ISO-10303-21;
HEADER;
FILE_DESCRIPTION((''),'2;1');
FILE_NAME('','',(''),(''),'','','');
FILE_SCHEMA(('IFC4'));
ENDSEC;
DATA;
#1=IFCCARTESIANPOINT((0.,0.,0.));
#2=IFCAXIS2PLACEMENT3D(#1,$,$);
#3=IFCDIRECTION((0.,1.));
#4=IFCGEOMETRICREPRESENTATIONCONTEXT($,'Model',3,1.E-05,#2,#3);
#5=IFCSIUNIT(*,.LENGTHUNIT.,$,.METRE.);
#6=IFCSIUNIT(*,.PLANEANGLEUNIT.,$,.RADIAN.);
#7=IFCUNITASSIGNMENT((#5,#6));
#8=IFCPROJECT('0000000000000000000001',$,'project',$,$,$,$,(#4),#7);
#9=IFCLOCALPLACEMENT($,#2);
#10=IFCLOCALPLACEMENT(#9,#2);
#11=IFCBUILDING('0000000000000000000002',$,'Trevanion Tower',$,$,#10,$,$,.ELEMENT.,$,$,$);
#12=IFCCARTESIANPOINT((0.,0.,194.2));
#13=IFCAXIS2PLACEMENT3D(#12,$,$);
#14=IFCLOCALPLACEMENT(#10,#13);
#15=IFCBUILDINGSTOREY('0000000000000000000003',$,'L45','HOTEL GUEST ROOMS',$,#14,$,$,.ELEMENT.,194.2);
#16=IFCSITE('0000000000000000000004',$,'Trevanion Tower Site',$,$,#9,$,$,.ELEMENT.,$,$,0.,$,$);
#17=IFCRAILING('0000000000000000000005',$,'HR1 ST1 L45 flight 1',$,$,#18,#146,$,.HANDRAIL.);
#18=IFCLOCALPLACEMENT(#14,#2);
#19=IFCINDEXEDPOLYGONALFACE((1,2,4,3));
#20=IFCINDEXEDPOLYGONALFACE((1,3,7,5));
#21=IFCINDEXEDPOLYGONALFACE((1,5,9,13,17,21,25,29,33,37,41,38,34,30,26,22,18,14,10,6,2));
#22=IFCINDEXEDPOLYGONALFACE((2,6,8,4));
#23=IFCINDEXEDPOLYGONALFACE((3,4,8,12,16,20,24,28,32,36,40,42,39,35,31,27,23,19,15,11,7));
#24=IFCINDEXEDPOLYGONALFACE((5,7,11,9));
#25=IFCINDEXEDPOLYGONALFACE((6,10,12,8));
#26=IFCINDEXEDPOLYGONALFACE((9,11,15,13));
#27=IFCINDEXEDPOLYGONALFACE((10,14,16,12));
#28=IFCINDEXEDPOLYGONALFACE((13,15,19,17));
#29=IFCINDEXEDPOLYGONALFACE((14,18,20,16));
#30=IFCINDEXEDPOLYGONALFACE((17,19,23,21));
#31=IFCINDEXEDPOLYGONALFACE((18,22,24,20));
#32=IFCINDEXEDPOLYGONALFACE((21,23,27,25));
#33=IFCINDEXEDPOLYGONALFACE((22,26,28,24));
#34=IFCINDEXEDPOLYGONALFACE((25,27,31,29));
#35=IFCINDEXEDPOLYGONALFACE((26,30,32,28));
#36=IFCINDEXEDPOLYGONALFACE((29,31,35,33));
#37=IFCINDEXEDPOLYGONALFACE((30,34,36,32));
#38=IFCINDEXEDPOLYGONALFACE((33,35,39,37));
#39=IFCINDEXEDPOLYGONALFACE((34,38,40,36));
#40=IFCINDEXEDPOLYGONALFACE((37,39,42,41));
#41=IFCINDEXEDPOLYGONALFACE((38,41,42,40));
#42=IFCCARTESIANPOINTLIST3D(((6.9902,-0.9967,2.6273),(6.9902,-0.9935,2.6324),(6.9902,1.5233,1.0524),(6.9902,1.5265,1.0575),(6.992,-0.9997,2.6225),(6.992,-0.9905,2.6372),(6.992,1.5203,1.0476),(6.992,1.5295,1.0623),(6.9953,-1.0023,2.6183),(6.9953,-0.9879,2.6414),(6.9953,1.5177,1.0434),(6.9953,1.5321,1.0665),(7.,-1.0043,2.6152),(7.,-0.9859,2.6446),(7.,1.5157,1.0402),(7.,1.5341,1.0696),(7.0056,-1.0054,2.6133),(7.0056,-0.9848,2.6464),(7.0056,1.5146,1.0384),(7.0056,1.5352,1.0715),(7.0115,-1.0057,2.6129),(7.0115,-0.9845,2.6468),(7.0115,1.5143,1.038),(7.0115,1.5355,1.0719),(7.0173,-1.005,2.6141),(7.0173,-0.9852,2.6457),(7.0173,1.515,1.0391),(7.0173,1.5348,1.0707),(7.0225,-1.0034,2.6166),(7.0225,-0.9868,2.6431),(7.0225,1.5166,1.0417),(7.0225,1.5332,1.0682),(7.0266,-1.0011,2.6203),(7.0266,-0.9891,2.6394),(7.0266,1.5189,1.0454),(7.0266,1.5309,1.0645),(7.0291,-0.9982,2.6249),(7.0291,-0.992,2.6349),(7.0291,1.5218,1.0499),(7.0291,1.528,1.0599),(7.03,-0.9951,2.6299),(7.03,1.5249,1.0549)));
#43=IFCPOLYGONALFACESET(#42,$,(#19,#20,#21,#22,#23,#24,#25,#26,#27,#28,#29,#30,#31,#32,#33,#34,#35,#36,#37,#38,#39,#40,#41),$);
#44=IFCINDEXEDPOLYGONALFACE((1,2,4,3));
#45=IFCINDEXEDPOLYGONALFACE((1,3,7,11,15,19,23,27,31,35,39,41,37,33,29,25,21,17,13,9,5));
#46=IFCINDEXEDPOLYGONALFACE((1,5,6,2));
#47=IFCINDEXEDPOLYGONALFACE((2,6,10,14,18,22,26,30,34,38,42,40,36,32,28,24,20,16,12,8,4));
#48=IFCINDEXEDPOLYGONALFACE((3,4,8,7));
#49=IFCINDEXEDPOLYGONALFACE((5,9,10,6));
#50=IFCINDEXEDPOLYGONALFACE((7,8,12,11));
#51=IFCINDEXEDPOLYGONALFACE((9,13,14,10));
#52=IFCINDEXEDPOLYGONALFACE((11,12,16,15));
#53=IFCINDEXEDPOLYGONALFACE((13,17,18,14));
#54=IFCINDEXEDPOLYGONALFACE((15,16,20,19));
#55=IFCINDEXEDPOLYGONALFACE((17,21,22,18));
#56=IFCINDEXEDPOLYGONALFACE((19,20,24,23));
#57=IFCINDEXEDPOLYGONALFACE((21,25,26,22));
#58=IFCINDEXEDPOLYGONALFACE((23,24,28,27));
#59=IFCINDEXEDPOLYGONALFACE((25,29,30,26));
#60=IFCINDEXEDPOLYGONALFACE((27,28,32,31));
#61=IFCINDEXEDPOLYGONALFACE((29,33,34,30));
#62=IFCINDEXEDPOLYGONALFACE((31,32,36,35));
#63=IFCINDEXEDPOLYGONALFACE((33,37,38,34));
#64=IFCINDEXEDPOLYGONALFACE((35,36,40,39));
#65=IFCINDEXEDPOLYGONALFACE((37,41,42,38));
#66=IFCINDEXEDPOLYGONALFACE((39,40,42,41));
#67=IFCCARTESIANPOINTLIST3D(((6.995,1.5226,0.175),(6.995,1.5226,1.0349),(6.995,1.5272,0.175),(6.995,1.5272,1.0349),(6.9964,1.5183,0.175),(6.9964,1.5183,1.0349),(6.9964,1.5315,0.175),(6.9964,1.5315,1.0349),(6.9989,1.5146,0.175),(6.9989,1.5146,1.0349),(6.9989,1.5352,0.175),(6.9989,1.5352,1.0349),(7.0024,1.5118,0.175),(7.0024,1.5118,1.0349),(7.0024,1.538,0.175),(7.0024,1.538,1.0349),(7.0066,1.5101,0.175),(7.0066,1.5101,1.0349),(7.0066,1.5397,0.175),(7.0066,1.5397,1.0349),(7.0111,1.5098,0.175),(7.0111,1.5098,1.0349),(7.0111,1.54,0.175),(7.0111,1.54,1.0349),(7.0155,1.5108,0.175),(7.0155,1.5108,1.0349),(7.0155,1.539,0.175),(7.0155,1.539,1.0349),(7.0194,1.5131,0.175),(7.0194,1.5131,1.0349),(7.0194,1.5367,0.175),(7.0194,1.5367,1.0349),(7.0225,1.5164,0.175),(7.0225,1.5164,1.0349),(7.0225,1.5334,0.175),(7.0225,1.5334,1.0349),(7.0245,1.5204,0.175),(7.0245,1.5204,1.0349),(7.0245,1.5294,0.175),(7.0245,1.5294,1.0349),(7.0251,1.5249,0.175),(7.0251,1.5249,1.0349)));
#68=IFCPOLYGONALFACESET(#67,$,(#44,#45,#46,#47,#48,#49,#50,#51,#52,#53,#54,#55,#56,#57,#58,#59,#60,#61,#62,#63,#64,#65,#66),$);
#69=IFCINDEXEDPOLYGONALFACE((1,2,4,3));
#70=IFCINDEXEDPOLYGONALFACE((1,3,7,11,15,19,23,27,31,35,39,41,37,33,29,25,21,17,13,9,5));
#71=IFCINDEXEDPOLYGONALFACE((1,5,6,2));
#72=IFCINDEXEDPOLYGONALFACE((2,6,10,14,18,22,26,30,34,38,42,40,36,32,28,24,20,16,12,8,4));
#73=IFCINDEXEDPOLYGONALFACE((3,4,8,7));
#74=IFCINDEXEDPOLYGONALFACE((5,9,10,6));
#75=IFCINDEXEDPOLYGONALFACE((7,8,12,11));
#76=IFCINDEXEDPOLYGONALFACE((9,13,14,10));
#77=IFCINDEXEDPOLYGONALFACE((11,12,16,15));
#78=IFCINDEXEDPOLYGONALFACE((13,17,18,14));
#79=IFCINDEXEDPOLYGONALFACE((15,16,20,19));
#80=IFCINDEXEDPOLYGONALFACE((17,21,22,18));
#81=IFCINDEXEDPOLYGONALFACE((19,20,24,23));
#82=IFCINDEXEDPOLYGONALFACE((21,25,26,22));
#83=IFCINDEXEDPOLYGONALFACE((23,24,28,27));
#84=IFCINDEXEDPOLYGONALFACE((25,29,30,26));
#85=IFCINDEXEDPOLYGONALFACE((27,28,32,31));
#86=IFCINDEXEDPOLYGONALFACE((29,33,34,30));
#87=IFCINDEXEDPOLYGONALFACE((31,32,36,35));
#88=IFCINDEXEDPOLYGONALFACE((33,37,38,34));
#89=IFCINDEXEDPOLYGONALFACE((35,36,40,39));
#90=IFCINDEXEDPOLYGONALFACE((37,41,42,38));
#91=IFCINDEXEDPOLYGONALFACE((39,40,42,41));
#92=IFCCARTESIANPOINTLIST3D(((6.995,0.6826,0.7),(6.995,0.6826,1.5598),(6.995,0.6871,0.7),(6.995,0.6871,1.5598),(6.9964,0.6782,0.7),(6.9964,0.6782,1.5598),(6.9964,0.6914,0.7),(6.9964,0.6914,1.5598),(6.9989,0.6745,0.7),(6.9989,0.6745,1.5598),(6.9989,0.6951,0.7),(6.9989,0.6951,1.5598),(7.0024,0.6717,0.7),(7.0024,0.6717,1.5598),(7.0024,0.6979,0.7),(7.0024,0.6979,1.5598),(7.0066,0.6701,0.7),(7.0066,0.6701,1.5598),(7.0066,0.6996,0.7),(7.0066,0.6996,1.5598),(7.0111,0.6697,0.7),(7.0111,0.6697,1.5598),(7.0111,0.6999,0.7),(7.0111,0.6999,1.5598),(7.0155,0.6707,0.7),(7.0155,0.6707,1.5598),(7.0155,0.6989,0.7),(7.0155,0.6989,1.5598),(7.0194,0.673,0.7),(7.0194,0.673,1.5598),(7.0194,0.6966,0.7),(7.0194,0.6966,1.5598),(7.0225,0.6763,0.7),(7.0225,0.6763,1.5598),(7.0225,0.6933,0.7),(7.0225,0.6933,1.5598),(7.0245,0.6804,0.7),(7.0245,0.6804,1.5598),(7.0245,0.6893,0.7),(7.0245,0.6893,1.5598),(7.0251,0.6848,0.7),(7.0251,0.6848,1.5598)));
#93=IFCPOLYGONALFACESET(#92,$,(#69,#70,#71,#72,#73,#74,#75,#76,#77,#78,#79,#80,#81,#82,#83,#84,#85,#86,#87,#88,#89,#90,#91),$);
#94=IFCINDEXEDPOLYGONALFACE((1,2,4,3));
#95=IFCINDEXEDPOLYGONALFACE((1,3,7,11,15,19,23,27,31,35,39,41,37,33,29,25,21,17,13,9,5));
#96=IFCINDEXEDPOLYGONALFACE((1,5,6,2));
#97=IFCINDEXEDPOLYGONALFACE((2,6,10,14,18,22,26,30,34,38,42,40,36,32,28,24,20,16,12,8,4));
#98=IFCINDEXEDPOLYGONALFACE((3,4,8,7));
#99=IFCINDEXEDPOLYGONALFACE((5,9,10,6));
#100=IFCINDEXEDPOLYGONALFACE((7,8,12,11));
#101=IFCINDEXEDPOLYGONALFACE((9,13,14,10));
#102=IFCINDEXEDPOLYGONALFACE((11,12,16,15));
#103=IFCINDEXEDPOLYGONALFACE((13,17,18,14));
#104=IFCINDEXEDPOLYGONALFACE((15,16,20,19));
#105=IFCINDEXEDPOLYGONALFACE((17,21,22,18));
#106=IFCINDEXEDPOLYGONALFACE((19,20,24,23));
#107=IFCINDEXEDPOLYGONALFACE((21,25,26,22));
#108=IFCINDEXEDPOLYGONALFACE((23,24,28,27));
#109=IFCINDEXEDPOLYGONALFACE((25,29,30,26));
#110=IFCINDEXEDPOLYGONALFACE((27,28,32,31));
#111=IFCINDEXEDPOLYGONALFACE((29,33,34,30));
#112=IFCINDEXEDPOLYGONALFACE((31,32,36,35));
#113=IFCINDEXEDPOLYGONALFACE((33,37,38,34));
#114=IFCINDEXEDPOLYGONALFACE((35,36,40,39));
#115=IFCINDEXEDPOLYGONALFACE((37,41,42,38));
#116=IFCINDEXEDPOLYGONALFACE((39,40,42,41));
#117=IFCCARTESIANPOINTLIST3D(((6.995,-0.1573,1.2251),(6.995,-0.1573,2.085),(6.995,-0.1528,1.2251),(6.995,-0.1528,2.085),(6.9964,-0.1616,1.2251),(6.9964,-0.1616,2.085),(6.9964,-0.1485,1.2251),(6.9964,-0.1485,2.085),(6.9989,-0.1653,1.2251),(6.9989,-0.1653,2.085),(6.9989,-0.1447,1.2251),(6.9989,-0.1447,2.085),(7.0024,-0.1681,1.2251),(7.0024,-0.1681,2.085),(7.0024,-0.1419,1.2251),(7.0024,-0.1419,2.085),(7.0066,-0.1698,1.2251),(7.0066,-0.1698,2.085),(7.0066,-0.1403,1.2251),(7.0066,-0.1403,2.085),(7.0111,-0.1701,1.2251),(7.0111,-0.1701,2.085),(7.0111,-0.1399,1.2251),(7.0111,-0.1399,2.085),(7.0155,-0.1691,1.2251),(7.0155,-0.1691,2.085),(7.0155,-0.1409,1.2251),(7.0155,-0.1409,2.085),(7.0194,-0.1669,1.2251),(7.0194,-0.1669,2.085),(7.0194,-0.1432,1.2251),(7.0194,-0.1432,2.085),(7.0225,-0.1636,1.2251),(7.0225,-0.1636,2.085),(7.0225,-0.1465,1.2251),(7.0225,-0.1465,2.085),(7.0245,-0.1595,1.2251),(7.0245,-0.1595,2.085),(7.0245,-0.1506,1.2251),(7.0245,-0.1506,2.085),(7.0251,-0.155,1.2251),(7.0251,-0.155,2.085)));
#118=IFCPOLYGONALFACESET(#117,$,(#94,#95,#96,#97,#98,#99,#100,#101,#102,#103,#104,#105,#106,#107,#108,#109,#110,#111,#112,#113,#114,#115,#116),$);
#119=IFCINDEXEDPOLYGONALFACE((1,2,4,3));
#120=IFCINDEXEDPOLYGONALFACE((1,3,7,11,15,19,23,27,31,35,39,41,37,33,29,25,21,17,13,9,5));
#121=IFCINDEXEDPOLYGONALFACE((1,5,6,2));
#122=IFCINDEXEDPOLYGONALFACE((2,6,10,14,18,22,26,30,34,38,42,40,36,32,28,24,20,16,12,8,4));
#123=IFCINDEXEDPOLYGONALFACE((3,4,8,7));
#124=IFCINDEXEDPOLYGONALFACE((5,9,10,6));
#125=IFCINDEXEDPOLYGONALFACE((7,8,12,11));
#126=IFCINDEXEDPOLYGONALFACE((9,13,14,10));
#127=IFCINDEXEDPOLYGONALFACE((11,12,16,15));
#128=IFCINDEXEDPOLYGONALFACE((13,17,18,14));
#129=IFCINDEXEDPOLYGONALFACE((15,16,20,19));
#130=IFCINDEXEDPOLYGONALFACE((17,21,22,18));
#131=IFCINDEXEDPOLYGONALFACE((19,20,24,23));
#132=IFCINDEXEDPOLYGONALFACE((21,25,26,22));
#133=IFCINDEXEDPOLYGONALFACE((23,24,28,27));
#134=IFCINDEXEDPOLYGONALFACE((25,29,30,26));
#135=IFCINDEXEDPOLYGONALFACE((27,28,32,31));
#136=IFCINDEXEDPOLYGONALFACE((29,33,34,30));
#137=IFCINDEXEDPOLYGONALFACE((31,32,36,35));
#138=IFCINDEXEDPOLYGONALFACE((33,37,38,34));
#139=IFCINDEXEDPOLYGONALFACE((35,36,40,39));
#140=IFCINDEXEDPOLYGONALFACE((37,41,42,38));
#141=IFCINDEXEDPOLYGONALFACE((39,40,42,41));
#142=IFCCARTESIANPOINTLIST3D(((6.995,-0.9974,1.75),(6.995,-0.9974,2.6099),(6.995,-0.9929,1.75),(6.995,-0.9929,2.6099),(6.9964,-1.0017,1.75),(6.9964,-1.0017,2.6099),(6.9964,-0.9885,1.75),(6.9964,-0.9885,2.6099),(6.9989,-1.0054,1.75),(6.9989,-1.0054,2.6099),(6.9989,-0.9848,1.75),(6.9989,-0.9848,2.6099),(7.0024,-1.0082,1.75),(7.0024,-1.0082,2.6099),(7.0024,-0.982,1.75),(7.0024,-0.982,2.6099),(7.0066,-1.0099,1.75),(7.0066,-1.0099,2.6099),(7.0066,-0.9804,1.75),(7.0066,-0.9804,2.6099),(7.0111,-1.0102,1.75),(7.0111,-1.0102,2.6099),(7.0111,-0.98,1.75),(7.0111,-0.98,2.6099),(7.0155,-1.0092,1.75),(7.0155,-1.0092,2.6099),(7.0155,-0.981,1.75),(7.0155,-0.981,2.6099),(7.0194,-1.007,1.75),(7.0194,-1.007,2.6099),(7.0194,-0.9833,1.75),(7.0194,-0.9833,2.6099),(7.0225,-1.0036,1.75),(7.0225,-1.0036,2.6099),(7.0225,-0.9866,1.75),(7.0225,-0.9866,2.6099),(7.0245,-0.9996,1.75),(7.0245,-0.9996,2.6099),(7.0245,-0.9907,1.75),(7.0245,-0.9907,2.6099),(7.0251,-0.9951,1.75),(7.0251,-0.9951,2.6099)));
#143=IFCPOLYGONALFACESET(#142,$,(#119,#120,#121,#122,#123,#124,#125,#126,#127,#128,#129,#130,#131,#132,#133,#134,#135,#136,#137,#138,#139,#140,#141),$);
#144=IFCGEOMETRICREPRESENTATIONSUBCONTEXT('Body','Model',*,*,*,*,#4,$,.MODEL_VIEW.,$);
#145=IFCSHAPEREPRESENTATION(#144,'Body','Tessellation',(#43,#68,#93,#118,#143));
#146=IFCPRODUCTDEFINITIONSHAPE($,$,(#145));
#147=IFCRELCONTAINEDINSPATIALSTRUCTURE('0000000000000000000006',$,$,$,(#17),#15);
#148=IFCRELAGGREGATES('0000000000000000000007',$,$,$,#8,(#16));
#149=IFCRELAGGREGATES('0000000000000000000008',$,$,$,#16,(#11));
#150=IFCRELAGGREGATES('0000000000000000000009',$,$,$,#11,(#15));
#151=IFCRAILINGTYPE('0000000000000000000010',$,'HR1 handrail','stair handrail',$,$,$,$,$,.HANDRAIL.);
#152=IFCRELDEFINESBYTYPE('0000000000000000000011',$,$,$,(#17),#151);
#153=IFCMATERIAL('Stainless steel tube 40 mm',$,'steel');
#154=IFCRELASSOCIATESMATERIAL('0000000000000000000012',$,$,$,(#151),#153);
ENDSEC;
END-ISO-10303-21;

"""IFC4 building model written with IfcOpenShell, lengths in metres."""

from ifc_helpers import new_model, si_unit, direction, frame, origin, origin_2d, place, context, subcontext, project, spatial, circle, extrude, material, type_object, element, save


model = new_model("IFC4")

# Units and contexts
model_context = context("Model", 3, precision=1e-05, world=origin(), true_north=direction((0.0, 1.0)))
body_context = subcontext(model_context, "Body", "Model", "MODEL_VIEW")
ifc_project = project(units=[si_unit("LENGTHUNIT", "METRE"), si_unit("PLANEANGLEUNIT", "RADIAN")], contexts=[model_context])

# Site, building, storey
site_placement = place(None, origin())
site = spatial("IfcSite", under=ifc_project, at=site_placement, Name="Trevanion Tower Site", CompositionType="ELEMENT", RefElevation=0.0)
building_placement = place(site_placement, origin())
building = spatial("IfcBuilding", under=site, at=building_placement, Name="Trevanion Tower", CompositionType="ELEMENT")
storey_placement = place(building_placement, frame((0.0, 0.0, 194.2)))
storey = spatial("IfcBuildingStorey", under=building, at=storey_placement, Name="L45", Description="HOTEL GUEST ROOMS", CompositionType="ELEMENT", Elevation=194.2)

# Railing
ifc_material_1 = material(Name="Stainless steel tube 40 mm", Category="steel")
railing_type = type_object("IfcRailingType", Name="HR1 handrail", Description="stair handrail", PredefinedType="HANDRAIL", material=ifc_material_1)
for number, where, name in (
    (1, (7.01, 1.5249, 0.175), "HR1 ST1 L45 flight 1"),
):
    element("IfcRailing", number, at=place(storey_placement, frame(where)), inside=storey, type_object=railing_type, Name=name, PredefinedType="HANDRAIL", context=body_context, shape_type="SweptSolid", body=[
        extrude(circle(Radius=0.02, at=origin_2d()), frame((0.0, 0.0, 0.8799), z_axis=(0.0, -0.848008, 0.529984), x_axis=(1.0, 0.0, 0.0)), (0.0, 0.0, 1.0), 2.9717),
        extrude(circle(Radius=0.0151, at=origin_2d()), origin(), (0.0, 0.0, 1.0), 0.8599),
        extrude(circle(Radius=0.0151, at=origin_2d()), frame((0.0, -0.8401, 0.5249)), (0.0, 0.0, 1.0), 0.8599),
        extrude(circle(Radius=0.0151, at=origin_2d()), frame((0.0, -1.6799, 1.05)), (0.0, 0.0, 1.0), 0.8599),
        extrude(circle(Radius=0.0151, at=origin_2d()), frame((0.0, -2.52, 1.575)), (0.0, 0.0, 1.0), 0.8599),
    ])

save(model, "model.ifc")
